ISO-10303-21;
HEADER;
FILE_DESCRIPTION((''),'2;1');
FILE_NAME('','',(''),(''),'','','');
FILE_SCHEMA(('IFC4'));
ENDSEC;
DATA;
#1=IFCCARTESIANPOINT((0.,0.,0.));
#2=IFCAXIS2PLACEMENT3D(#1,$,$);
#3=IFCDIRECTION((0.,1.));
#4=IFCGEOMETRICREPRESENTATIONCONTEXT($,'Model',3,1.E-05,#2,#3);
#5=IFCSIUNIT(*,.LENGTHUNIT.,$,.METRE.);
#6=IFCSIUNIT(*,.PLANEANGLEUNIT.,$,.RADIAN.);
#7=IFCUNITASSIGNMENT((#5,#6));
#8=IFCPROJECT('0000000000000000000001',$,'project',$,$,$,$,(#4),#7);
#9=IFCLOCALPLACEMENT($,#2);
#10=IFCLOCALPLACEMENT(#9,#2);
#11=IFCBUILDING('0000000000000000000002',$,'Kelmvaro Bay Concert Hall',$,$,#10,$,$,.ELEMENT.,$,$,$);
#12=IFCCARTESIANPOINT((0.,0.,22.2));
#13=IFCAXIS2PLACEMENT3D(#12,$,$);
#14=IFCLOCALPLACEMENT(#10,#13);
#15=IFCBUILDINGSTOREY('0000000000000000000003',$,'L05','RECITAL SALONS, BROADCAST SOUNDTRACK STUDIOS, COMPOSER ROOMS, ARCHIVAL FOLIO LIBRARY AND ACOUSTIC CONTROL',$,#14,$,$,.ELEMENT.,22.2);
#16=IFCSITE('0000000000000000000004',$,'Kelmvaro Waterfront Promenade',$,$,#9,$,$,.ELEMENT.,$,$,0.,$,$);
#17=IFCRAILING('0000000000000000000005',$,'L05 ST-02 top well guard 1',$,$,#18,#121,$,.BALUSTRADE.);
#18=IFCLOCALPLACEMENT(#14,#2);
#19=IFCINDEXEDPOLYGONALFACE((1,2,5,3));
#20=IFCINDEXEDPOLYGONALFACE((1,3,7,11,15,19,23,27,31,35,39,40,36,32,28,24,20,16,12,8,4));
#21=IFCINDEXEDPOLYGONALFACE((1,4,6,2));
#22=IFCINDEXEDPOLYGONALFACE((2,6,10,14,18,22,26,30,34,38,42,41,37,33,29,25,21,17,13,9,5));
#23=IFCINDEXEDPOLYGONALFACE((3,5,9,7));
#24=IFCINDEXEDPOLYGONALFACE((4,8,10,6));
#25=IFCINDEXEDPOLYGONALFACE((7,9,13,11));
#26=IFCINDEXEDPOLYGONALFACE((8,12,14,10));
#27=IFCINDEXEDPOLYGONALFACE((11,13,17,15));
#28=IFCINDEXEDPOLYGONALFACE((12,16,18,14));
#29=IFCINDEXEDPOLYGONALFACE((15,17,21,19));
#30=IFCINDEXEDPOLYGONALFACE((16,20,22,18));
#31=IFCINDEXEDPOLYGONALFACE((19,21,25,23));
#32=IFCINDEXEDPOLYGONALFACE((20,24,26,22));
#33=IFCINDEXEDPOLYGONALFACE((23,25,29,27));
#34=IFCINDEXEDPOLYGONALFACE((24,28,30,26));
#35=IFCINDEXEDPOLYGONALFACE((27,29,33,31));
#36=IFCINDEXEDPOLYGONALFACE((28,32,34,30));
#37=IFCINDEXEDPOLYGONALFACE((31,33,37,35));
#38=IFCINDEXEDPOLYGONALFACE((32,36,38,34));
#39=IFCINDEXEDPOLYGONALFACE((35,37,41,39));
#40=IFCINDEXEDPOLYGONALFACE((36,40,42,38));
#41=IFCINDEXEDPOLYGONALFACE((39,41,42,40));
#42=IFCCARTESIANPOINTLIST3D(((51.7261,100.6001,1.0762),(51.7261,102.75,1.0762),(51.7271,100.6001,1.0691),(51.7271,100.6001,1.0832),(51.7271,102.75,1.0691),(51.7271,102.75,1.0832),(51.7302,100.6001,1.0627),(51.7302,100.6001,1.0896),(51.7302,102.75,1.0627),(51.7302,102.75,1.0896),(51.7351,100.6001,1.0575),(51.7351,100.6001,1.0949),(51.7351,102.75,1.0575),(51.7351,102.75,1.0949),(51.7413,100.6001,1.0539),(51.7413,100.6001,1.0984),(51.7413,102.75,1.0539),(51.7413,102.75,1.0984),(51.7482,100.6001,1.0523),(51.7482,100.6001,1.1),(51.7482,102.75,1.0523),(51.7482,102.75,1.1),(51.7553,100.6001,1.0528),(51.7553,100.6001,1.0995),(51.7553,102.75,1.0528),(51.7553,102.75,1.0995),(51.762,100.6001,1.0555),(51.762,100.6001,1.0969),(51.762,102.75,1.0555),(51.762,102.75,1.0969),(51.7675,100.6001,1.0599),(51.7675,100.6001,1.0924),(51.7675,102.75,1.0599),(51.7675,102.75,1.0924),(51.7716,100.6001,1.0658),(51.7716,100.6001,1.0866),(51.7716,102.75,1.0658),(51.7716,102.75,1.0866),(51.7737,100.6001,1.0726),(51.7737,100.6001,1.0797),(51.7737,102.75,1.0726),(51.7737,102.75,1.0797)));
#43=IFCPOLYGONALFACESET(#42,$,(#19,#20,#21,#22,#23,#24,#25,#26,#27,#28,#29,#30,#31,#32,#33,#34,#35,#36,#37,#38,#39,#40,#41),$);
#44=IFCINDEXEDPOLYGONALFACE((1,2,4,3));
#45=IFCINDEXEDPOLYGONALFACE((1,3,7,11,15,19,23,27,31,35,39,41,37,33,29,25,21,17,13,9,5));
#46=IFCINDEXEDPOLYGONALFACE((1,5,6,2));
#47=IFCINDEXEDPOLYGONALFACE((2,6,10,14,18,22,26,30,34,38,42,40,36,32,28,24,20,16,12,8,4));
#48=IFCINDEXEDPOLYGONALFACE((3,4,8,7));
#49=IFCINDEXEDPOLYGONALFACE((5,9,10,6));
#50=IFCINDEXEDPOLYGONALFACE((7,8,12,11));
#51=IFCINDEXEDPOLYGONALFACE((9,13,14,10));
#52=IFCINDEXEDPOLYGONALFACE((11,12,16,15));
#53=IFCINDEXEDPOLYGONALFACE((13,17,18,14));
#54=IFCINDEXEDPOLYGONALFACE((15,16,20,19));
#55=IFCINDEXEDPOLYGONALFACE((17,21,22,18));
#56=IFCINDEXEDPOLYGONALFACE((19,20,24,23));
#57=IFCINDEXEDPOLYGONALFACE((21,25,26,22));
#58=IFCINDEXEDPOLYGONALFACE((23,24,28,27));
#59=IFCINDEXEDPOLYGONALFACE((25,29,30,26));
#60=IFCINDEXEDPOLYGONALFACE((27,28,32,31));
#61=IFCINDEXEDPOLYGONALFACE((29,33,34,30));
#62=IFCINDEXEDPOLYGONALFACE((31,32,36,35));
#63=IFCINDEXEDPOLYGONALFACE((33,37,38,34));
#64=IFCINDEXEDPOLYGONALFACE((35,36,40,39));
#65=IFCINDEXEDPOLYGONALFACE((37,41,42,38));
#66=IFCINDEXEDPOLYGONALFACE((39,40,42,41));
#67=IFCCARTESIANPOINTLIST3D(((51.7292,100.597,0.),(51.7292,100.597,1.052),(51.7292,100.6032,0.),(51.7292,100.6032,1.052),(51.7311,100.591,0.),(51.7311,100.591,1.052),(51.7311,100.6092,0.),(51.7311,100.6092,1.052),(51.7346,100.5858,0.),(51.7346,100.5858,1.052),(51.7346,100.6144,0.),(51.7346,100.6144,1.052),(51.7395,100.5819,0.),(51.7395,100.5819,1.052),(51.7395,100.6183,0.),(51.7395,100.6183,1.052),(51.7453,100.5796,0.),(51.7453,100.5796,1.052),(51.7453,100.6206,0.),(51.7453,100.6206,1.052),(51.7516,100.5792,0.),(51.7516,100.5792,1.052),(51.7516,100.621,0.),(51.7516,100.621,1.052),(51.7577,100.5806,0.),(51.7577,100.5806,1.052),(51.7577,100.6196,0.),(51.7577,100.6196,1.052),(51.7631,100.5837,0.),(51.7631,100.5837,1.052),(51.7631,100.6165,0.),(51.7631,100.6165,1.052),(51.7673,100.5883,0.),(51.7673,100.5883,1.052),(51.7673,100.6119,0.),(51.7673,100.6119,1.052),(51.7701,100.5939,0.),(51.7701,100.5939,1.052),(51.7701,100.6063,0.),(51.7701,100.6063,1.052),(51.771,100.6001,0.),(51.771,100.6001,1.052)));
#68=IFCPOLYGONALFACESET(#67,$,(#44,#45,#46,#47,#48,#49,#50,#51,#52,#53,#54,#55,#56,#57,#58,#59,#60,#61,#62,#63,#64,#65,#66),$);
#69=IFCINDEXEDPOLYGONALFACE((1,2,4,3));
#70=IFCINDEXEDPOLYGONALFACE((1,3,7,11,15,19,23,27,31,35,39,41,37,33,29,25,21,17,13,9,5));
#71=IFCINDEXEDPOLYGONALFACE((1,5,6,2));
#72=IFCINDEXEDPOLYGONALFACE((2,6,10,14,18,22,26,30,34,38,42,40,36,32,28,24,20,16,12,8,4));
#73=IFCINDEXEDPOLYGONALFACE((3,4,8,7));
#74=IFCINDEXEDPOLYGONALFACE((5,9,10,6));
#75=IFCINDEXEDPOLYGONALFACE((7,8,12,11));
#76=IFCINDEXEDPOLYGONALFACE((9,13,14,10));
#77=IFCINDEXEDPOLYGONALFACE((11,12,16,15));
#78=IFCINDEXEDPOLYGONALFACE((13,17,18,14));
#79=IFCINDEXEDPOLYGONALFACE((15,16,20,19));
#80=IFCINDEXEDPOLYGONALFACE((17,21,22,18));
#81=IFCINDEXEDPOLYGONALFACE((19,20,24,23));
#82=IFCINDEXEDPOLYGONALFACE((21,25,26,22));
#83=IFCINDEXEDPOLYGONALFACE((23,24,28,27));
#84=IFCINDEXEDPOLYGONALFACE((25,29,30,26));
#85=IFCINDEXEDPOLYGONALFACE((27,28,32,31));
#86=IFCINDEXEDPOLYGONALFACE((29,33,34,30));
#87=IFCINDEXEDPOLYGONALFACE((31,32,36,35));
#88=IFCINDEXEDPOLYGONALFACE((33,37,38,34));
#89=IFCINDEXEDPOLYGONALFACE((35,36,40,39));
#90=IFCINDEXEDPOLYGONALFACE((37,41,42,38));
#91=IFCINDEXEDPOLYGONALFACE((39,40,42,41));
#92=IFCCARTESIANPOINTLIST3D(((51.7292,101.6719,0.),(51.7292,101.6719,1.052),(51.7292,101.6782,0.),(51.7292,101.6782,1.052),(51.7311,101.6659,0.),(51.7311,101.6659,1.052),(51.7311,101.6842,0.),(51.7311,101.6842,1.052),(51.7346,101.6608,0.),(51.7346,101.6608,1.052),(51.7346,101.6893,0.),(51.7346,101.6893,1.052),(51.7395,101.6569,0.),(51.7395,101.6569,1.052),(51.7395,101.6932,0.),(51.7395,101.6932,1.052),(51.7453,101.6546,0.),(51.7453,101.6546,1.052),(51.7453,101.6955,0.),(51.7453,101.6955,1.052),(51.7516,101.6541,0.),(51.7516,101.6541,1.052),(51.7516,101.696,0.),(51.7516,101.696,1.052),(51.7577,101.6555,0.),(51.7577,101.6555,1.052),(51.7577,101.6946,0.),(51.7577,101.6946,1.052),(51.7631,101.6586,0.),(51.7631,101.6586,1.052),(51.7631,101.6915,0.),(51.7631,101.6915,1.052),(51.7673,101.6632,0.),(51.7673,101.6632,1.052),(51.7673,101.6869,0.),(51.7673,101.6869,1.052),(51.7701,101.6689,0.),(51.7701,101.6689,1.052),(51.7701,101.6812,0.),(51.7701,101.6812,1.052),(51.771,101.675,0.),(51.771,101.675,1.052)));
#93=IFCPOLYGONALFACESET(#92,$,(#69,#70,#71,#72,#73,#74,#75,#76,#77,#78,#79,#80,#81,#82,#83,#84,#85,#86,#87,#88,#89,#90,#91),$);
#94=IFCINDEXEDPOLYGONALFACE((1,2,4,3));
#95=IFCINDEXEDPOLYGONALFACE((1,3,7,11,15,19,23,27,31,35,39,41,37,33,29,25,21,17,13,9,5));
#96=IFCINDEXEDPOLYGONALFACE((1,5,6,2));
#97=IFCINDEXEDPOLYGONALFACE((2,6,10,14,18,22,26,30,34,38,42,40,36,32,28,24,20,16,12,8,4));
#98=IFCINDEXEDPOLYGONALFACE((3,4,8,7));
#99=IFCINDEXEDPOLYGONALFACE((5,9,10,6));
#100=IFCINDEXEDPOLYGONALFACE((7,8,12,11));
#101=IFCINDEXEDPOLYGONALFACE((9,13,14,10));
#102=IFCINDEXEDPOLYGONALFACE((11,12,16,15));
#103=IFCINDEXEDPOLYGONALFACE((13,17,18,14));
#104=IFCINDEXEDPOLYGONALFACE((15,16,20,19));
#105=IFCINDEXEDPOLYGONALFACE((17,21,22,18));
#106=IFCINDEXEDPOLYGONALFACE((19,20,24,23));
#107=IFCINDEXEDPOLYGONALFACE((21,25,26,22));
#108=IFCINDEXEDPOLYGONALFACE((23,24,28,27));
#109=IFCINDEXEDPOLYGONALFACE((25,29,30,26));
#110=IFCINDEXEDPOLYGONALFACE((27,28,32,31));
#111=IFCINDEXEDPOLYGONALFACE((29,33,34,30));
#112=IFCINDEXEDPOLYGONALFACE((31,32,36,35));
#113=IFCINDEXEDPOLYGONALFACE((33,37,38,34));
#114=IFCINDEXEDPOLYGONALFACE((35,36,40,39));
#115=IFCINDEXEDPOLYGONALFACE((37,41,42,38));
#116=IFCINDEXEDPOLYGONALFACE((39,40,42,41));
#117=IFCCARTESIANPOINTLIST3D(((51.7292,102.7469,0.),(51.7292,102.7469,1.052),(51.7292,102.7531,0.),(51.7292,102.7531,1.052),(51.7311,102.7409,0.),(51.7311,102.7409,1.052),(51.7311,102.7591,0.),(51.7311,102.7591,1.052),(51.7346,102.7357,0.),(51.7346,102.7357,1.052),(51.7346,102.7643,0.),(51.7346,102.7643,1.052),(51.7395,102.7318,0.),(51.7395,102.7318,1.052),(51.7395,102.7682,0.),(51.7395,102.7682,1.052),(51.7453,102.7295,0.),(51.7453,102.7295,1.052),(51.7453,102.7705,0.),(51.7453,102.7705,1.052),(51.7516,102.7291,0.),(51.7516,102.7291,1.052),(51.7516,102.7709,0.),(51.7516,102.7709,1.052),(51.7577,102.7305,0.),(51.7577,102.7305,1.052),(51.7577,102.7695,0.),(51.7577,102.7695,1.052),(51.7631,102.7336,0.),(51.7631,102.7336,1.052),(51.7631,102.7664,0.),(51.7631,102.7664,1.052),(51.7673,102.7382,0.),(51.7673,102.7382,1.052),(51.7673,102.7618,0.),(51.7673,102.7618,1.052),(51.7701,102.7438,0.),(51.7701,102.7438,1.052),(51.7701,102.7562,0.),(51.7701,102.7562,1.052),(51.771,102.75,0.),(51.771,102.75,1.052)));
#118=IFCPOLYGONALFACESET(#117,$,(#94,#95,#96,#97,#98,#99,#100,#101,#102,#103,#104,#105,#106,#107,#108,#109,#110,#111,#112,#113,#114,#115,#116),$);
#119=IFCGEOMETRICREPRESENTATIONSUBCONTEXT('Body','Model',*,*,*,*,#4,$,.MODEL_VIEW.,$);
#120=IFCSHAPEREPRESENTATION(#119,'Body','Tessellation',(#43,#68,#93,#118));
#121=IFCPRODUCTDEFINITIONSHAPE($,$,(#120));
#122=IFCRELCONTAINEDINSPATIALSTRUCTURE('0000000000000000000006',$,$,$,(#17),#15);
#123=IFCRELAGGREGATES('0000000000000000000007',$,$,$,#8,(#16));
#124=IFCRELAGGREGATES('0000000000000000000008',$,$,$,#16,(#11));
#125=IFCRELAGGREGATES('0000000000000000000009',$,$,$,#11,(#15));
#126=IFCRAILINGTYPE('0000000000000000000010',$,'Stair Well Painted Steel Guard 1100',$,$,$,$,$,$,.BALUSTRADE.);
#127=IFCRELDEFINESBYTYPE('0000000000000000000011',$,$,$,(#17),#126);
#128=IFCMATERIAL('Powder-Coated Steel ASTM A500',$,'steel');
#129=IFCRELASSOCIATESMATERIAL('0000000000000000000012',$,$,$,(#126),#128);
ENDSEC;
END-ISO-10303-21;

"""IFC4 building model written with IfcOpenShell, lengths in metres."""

from ifc_helpers import new_model, si_unit, direction, frame, origin, origin_2d, place, context, subcontext, project, spatial, circle, extrude, material, type_object, element, save


model = new_model("IFC4")

# Units and contexts
model_context = context("Model", 3, precision=1e-05, world=origin(), true_north=direction((0.0, 1.0)))
body_context = subcontext(model_context, "Body", "Model", "MODEL_VIEW")
ifc_project = project(units=[si_unit("LENGTHUNIT", "METRE"), si_unit("PLANEANGLEUNIT", "RADIAN")], contexts=[model_context])

# Site, building, storey
site_placement = place(None, origin())
site = spatial("IfcSite", under=ifc_project, at=site_placement, Name="Kelmvaro Waterfront Promenade", CompositionType="ELEMENT", RefElevation=0.0)
building_placement = place(site_placement, origin())
building = spatial("IfcBuilding", under=site, at=building_placement, Name="Kelmvaro Bay Concert Hall", CompositionType="ELEMENT")
storey_placement = place(building_placement, frame((0.0, 0.0, 22.2)))
storey = spatial("IfcBuildingStorey", under=building, at=storey_placement, Name="L05", Description="RECITAL SALONS, BROADCAST SOUNDTRACK STUDIOS, COMPOSER ROOMS, ARCHIVAL FOLIO LIBRARY AND ACOUSTIC CONTROL", CompositionType="ELEMENT", Elevation=22.2)

# Railing
ifc_material_1 = material(Name="Powder-Coated Steel ASTM A500", Category="steel")
railing_type = type_object("IfcRailingType", Name="Stair Well Painted Steel Guard 1100", PredefinedType="BALUSTRADE", material=ifc_material_1)
railing_placement = place(storey_placement, frame((51.75, 100.6001, 0.0)))
element("IfcRailing", 1, at=railing_placement, inside=storey, type_object=railing_type, Name="L05 ST-02 top well guard 1", PredefinedType="BALUSTRADE", context=body_context, shape_type="SweptSolid", body=[
    extrude(circle(Radius=0.0239, at=origin_2d()), frame((0.0, 0.0, 1.0762), z_axis=(0.0, 1.0, 0.0), x_axis=(-1.0, 0.0, 0.0)), (0.0, 0.0, 1.0), 2.1499),
    extrude(circle(Radius=0.021, at=origin_2d()), origin(), (0.0, 0.0, 1.0), 1.052),
    extrude(circle(Radius=0.021, at=origin_2d()), frame((0.0, 1.075, 0.0)), (0.0, 0.0, 1.0), 1.052),
    extrude(circle(Radius=0.021, at=origin_2d()), frame((0.0, 2.1499, 0.0)), (0.0, 0.0, 1.0), 1.052),
])

save(model, "model.ifc")
